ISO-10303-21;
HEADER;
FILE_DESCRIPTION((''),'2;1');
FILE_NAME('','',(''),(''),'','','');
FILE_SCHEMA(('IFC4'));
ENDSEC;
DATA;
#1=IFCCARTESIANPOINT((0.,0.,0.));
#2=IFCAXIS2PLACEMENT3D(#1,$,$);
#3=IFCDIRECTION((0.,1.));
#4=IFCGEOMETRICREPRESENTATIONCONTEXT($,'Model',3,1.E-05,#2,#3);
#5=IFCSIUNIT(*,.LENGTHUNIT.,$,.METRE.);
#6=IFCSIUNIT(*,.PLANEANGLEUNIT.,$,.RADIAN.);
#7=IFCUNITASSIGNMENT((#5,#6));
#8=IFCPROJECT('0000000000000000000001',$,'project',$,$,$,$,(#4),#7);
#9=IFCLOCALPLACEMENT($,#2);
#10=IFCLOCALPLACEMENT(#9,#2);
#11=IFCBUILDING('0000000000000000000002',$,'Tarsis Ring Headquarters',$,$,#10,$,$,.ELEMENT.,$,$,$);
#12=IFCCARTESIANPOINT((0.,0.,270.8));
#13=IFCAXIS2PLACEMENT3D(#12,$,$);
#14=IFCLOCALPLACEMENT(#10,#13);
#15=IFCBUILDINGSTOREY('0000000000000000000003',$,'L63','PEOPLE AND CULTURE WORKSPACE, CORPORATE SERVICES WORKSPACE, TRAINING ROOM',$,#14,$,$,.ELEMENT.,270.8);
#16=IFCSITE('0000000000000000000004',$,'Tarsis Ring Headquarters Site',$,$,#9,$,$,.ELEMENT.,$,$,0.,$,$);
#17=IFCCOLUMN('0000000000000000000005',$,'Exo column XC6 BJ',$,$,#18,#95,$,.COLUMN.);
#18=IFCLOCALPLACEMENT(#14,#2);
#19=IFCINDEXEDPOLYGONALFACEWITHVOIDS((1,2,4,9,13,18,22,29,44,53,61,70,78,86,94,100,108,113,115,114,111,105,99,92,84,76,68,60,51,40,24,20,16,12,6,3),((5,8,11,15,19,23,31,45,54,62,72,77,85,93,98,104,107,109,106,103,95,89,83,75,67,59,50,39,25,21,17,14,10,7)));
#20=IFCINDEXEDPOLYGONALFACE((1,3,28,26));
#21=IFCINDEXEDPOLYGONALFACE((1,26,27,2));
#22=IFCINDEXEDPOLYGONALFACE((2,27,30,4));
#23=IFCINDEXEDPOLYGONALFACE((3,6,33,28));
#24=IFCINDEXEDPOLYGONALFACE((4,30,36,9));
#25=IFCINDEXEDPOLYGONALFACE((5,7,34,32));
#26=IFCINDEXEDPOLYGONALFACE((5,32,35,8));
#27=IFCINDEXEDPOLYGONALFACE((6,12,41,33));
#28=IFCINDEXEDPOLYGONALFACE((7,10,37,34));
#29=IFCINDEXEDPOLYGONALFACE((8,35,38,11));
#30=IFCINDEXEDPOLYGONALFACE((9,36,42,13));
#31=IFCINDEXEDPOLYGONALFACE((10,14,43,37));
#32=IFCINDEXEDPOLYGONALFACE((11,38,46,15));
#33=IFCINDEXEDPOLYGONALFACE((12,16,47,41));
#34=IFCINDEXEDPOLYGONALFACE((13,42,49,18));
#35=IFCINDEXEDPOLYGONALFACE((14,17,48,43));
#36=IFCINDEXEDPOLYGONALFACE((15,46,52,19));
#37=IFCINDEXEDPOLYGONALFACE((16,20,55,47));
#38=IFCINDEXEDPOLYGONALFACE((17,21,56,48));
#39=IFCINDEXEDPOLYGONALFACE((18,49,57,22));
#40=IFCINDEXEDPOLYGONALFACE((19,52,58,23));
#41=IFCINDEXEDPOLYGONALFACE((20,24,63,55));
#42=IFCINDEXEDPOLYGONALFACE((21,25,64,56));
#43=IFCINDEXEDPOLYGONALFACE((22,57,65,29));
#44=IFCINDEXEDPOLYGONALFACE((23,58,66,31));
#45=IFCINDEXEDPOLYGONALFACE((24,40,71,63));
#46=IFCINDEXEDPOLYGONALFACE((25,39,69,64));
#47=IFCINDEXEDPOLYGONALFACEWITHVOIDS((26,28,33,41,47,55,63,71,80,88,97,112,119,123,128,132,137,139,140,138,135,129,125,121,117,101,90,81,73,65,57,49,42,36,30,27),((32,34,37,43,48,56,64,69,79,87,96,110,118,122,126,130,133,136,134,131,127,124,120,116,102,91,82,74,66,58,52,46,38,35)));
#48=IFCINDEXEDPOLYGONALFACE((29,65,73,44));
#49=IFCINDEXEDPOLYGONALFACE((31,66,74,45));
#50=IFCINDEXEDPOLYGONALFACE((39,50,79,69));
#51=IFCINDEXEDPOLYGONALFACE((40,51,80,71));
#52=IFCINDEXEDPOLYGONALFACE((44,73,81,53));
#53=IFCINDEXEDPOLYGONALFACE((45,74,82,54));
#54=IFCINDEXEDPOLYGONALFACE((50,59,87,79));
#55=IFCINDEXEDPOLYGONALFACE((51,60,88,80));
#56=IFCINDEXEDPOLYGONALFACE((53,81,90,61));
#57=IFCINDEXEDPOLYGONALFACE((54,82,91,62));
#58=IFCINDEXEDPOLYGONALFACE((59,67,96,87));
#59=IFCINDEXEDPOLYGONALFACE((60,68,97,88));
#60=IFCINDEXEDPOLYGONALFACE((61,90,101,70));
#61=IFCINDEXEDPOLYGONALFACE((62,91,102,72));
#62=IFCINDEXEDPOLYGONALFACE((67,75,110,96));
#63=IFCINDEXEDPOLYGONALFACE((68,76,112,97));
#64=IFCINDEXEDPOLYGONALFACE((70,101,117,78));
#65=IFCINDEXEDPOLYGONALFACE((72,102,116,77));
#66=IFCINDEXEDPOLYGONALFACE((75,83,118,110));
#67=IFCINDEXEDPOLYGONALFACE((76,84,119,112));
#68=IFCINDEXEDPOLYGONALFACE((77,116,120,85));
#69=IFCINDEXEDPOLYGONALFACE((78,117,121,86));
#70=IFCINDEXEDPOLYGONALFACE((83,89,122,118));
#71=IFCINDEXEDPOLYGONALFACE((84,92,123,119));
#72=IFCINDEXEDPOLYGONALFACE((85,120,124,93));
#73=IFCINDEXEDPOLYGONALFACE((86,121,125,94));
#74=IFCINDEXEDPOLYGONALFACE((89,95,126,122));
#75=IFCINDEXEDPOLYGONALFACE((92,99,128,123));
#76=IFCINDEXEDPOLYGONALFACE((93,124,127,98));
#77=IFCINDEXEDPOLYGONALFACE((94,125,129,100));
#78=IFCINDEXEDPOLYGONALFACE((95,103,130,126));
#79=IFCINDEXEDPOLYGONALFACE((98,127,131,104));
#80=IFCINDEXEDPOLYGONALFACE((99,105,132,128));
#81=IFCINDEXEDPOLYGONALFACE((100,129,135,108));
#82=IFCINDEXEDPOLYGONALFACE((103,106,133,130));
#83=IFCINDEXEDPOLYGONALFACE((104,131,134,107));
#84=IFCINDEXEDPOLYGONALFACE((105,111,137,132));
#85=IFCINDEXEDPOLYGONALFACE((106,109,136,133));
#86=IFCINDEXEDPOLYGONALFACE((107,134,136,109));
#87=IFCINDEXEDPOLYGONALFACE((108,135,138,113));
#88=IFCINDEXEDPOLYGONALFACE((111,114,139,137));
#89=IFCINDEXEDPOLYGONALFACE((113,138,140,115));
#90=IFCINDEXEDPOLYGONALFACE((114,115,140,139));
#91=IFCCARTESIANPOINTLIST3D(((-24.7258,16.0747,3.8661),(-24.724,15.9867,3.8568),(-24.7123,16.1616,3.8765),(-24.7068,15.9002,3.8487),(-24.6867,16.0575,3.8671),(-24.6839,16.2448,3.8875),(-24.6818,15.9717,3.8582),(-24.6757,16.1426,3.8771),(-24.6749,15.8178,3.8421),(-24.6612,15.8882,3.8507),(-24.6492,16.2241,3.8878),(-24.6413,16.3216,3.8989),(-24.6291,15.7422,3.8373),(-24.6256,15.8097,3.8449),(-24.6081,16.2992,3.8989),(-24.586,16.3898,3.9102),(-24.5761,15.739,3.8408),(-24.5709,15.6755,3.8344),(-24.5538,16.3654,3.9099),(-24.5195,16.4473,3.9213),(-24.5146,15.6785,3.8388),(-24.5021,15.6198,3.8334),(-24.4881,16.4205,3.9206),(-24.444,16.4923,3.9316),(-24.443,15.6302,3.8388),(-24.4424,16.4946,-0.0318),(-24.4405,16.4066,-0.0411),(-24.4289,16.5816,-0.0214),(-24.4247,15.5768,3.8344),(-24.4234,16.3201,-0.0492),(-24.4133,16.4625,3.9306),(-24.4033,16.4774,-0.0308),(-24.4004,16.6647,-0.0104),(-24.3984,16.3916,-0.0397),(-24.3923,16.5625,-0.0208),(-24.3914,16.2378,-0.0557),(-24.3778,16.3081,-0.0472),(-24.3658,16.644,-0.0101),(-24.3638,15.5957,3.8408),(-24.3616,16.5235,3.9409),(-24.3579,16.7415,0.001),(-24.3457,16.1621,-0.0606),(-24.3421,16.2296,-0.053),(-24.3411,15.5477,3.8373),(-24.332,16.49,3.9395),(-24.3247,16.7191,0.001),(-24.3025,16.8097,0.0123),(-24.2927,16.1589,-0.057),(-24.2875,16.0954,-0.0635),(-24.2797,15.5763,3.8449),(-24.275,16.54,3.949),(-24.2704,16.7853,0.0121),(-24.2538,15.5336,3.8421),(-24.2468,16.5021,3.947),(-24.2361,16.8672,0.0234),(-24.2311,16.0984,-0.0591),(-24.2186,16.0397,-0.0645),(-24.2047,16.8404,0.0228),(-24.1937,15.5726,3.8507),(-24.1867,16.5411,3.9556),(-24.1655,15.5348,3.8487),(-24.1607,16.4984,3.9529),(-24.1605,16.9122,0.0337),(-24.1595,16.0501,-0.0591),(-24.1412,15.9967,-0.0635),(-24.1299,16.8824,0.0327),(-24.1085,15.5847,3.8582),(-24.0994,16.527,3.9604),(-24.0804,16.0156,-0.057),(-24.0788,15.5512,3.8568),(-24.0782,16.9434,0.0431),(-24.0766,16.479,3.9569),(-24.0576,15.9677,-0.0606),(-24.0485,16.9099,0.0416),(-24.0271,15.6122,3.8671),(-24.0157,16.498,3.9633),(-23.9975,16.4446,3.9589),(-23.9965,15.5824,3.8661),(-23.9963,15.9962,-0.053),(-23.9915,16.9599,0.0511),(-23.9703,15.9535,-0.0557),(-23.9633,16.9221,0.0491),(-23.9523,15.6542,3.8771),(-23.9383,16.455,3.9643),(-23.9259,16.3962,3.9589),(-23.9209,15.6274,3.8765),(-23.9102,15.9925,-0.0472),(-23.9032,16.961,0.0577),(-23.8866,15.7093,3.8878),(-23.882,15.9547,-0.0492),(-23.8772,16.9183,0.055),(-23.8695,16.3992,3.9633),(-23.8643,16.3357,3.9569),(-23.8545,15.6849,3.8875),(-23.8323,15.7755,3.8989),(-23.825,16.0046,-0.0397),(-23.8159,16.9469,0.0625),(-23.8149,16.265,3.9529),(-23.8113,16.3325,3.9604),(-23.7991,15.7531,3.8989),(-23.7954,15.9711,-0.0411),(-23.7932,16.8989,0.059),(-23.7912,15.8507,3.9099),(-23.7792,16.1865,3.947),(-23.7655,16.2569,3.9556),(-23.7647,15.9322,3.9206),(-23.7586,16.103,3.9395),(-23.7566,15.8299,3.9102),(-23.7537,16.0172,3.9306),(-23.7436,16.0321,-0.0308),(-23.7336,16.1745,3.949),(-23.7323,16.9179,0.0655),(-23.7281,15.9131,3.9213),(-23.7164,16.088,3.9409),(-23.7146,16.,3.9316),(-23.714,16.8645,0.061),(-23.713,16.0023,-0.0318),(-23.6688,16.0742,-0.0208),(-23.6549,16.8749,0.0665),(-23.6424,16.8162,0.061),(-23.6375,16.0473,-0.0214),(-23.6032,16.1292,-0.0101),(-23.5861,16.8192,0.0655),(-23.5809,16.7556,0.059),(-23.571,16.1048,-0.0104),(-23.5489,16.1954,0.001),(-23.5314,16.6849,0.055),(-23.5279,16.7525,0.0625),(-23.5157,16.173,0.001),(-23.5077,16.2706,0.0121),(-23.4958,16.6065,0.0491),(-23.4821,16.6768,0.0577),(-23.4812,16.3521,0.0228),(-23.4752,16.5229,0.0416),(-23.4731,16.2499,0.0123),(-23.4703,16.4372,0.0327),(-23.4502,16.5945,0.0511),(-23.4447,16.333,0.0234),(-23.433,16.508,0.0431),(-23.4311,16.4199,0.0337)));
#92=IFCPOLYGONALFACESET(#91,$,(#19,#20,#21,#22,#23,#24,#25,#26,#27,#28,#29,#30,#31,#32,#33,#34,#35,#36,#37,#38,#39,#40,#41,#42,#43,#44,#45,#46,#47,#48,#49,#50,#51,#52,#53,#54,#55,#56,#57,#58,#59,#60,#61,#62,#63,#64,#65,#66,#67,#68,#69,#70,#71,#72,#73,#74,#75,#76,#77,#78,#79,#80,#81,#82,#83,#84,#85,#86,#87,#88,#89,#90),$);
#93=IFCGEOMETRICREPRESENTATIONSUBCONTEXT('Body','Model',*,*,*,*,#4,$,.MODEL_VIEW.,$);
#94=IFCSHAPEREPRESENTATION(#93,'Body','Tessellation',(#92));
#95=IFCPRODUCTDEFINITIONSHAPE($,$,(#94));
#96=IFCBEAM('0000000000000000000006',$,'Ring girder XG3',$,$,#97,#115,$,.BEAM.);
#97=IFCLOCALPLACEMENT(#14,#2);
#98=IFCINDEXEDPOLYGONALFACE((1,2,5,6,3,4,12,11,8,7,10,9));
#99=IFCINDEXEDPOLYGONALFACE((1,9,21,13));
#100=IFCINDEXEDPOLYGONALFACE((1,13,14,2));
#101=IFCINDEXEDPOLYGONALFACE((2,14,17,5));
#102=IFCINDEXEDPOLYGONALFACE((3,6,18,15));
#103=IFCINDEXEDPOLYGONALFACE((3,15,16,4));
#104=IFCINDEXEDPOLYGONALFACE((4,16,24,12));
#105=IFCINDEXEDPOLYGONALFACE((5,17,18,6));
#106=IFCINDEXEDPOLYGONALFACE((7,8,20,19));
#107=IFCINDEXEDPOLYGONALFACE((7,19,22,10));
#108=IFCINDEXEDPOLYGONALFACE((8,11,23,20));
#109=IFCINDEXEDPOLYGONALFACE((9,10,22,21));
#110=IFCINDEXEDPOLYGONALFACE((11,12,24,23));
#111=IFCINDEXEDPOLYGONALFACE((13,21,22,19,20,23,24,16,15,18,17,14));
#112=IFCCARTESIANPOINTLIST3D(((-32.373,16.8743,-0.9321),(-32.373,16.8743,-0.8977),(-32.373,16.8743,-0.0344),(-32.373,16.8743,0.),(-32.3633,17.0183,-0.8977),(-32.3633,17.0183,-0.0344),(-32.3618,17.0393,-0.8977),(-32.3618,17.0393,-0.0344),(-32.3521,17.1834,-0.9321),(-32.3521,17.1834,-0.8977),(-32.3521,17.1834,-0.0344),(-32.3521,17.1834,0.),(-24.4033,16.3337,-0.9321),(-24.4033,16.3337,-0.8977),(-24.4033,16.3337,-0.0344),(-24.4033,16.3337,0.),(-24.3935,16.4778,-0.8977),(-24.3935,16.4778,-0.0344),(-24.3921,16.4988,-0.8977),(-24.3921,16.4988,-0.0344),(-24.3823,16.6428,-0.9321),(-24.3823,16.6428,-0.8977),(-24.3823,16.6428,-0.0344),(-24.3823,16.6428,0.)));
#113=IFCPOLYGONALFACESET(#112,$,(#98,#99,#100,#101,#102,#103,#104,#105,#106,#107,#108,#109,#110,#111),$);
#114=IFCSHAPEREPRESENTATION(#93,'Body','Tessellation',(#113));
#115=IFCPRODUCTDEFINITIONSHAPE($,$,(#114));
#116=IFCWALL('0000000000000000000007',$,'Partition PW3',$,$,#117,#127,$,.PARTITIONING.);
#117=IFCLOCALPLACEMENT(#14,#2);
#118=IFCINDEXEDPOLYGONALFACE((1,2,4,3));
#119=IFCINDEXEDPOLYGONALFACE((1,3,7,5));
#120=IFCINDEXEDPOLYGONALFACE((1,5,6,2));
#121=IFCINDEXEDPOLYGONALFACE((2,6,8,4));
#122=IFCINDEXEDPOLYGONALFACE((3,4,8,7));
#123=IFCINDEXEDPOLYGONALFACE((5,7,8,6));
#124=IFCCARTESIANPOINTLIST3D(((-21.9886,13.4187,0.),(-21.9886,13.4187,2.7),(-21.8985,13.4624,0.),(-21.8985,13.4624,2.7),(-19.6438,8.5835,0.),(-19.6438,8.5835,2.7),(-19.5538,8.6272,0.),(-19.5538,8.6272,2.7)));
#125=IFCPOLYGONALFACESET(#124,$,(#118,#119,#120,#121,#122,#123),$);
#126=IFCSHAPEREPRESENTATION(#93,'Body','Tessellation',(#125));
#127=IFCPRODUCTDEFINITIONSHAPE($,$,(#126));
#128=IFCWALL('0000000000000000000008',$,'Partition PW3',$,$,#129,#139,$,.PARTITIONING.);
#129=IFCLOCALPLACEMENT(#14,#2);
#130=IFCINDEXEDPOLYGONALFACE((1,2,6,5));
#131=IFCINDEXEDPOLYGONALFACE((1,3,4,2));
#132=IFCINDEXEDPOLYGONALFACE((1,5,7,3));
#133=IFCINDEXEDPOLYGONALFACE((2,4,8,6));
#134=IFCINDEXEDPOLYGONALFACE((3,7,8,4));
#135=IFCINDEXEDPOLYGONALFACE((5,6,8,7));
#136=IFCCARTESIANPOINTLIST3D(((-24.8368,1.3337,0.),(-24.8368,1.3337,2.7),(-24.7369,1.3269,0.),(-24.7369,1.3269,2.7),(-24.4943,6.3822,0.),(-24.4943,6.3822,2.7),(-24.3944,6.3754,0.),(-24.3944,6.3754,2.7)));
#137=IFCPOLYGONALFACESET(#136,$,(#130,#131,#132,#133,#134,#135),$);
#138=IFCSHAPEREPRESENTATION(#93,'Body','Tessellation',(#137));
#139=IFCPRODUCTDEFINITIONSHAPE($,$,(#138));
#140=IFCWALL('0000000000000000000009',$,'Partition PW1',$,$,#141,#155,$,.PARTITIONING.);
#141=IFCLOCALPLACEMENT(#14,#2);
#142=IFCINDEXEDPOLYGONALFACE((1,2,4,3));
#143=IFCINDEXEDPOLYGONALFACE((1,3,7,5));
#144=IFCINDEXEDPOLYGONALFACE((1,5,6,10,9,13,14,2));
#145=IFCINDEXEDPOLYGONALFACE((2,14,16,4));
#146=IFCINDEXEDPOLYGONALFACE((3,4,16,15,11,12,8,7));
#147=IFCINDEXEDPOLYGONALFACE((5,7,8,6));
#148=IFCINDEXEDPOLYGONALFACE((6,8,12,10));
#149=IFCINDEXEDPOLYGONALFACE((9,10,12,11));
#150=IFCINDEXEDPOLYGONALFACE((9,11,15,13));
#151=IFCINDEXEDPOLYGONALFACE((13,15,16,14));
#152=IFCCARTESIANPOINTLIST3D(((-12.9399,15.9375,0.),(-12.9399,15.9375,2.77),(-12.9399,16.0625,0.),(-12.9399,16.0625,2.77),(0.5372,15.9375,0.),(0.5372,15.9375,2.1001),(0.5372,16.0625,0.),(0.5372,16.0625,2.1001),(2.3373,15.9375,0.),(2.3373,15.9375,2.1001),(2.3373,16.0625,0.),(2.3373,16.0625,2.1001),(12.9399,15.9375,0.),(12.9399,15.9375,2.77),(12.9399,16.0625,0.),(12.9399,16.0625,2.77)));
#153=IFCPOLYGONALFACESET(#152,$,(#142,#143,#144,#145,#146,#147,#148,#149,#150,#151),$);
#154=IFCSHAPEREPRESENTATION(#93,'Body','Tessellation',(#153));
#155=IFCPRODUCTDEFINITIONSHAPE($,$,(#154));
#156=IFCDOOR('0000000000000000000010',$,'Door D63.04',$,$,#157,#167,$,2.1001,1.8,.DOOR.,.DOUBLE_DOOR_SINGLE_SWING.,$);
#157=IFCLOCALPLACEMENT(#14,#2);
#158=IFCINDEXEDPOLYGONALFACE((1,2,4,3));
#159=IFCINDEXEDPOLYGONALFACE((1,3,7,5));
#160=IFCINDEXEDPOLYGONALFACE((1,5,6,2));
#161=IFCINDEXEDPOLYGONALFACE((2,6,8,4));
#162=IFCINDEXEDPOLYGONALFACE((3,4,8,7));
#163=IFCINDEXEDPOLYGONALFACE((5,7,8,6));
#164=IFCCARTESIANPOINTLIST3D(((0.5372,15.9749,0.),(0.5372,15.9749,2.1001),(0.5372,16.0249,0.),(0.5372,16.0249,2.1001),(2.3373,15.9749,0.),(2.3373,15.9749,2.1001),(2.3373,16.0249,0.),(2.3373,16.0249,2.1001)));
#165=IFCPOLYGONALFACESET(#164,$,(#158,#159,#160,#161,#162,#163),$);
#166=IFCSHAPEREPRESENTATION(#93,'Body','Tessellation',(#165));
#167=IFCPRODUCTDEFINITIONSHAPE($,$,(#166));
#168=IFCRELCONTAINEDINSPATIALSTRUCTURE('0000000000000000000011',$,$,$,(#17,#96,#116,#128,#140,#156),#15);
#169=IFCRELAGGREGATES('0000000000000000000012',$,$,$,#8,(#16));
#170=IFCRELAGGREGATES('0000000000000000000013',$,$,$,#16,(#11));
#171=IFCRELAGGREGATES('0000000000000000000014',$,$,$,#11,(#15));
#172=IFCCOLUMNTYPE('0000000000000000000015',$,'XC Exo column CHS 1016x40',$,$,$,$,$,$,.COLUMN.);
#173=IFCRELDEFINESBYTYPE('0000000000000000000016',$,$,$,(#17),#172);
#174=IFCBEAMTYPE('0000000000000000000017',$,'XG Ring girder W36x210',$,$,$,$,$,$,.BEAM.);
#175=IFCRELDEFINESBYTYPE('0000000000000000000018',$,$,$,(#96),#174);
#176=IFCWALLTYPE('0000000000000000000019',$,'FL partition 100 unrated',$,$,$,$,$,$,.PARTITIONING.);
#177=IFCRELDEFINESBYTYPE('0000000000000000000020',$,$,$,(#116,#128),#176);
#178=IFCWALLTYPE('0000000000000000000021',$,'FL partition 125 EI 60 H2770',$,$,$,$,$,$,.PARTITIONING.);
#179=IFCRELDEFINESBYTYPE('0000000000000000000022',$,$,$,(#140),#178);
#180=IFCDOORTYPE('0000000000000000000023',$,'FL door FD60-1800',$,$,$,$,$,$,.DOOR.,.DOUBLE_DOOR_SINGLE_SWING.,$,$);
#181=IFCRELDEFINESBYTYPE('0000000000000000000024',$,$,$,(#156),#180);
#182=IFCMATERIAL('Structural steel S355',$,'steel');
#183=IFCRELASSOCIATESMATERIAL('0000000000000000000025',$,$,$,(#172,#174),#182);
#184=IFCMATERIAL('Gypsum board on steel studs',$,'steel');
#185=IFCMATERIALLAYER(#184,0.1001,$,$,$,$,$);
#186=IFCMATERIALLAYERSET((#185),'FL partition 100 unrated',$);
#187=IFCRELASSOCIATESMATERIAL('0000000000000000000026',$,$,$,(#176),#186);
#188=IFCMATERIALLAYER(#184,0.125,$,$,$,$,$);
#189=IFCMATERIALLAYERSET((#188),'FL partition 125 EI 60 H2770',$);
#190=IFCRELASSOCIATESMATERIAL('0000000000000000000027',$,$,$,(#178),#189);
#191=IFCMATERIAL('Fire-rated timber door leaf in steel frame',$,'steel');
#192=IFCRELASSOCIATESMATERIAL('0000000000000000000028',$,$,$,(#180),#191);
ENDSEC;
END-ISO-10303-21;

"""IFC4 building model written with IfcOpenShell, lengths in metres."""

from ifc_helpers import new_model, si_unit, direction, frame, frame_2d, origin, origin_2d, place, context, subcontext, project, spatial, rectangle, hollow_circle, i_section, extrude, material, layer, layer_set, material_profile, profile_set, type_object, element, fill, save


model = new_model("IFC4")

# Units and contexts
model_context = context("Model", 3, precision=1e-05, world=origin(), true_north=direction((0.0, 1.0)))
body_context = subcontext(model_context, "Body", "Model", "MODEL_VIEW")
ifc_project = project(units=[si_unit("LENGTHUNIT", "METRE"), si_unit("PLANEANGLEUNIT", "RADIAN")], contexts=[model_context])

# Site, building, storey
site_placement = place(None, origin())
site = spatial("IfcSite", under=ifc_project, at=site_placement, Name="Tarsis Ring Headquarters Site", CompositionType="ELEMENT", RefElevation=0.0)
building_placement = place(site_placement, origin())
building = spatial("IfcBuilding", under=site, at=building_placement, Name="Tarsis Ring Headquarters", CompositionType="ELEMENT")
storey_placement = place(building_placement, frame((0.0, 0.0, 270.8)))
storey = spatial("IfcBuildingStorey", under=building, at=storey_placement, Name="L63", Description="PEOPLE AND CULTURE WORKSPACE, CORPORATE SERVICES WORKSPACE, TRAINING ROOM", CompositionType="ELEMENT", Elevation=270.8)

# Column
ifc_material_1 = material(Name="Structural steel S355", Category="steel")
ifc_material_profile_1 = material_profile(ifc_material_1, hollow_circle(Radius=0.5081, WallThickness=0.04, at=origin_2d()), Name="CHS 1016x40")
ifc_profile_set_1 = profile_set([ifc_material_profile_1], Name="Structural steel S355")
column_type = type_object("IfcColumnType", Name="XC Exo column CHS 1016x40", PredefinedType="COLUMN", material=ifc_profile_set_1)
column_placement = place(storey_placement, frame((-23.9368, 16.4573, 0.001), z_axis=(-0.07211, -0.10683, 0.991659), x_axis=(0.828849, -0.559473, 0.0)))
element("IfcColumn", 1, at=column_placement, inside=storey, type_object=column_type, Name="Exo column XC6 BJ", PredefinedType="COLUMN", context=body_context, shape_type="SweptSolid", body=[
    extrude(hollow_circle(Radius=0.5081, WallThickness=0.04, at=origin_2d()), origin(), (0.0, 0.0, 1.0), 3.9307),
])

# Beam
ifc_material_profile_2 = material_profile(ifc_material_1, i_section(OverallWidth=0.3098, OverallDepth=0.9321, WebThickness=0.021, FlangeThickness=0.0344, at=origin_2d()), Name="W36x210")
ifc_profile_set_2 = profile_set([ifc_material_profile_2], Name="Structural steel S355")
beam_type = type_object("IfcBeamType", Name="XG Ring girder W36x210", PredefinedType="BEAM", material=ifc_profile_set_2)
beam_placement = place(storey_placement, frame((-24.3928, 16.4883, -0.4661), z_axis=(-0.997708, 0.067667, 0.0), x_axis=(-0.067667, -0.997708, 0.0)))
element("IfcBeam", 2, at=beam_placement, inside=storey, type_object=beam_type, Name="Ring girder XG3", PredefinedType="BEAM", context=body_context, shape_type="SweptSolid", body=[
    extrude(i_section(OverallWidth=0.3098, OverallDepth=0.9321, WebThickness=0.021, FlangeThickness=0.0344, at=origin_2d()), origin(), (0.0, 0.0, 1.0), 7.988),
])

# Walls
ifc_material_2 = material(Name="Gypsum board on steel studs", Category="steel")
ifc_layer_1 = layer(ifc_material_2, 0.1001)
ifc_layer_set_1 = layer_set([ifc_layer_1], Name="FL partition 100 unrated")
wall_type_1 = type_object("IfcWallType", Name="FL partition 100 unrated", PredefinedType="PARTITIONING", material=ifc_layer_set_1)
wall_1_placement = place(storey_placement, frame((-21.9436, 13.4407, 0.0), z_axis=(0.0, 0.0, 1.0), x_axis=(0.436331, -0.899786, 0.0)))
element("IfcWall", 3, at=wall_1_placement, inside=storey, type_object=wall_type_1, Name="Partition PW3", PredefinedType="PARTITIONING", context=body_context, shape_type="SweptSolid", body=[
    extrude(rectangle(XDim=5.3738, YDim=0.1001, at=frame_2d((2.687, 0.0))), origin(), (0.0, 0.0, 1.0), 2.7),
])
wall_2_placement = place(storey_placement, frame((-24.7869, 1.3303, 0.0), z_axis=(0.0, 0.0, 1.0), x_axis=(0.067694, 0.997706, 0.0)))
element("IfcWall", 4, at=wall_2_placement, inside=storey, type_object=wall_type_1, Name="Partition PW3", PredefinedType="PARTITIONING", context=body_context, shape_type="SweptSolid", body=[
    extrude(rectangle(XDim=5.0601, YDim=0.1001, at=frame_2d((2.53, 0.0))), origin(), (0.0, 0.0, 1.0), 2.7),
])

# Wall, opening, door
ifc_layer_2 = layer(ifc_material_2, 0.125)
ifc_layer_set_2 = layer_set([ifc_layer_2], Name="FL partition 125 EI 60 H2770")
wall_type_2 = type_object("IfcWallType", Name="FL partition 125 EI 60 H2770", PredefinedType="PARTITIONING", material=ifc_layer_set_2)
wall_3_placement = place(storey_placement, frame((-12.9399, 16.0, 0.0), z_axis=(0.0, 0.0, 1.0), x_axis=(1.0, 0.0, 0.0)))
wall_3 = element("IfcWall", 5, at=wall_3_placement, inside=storey, type_object=wall_type_2, Name="Partition PW1", PredefinedType="PARTITIONING", context=body_context, shape_type="SweptSolid", body=[
    extrude(rectangle(XDim=25.8799, YDim=0.125, at=frame_2d((12.9399, 0.0))), origin(), (0.0, 0.0, 1.0), 2.77),
])
opening_1_placement = place(wall_3_placement, frame((13.4773, 0.0, 0.0)))
opening_1 = element("IfcOpeningElement", 6, at=opening_1_placement, cuts=wall_3, PredefinedType="OPENING", context=body_context, shape_type="SweptSolid", body=[
    extrude(rectangle(XDim=1.8, YDim=2.1001, at=frame_2d((0.8999, 1.05))), frame((0.0, 0.0725, 0.0), z_axis=(0.0, -1.0, 0.0), x_axis=(1.0, 0.0, 0.0)), (0.0, 0.0, 1.0), 0.145),
])
ifc_material_3 = material(Name="Fire-rated timber door leaf in steel frame", Category="steel")
door_type_1 = type_object("IfcDoorType", Name="FL door FD60-1800", OperationType="DOUBLE_DOOR_SINGLE_SWING", PredefinedType="DOOR", material=ifc_material_3)
door_1_placement = place(opening_1_placement, origin())
door_1 = element("IfcDoor", 7, at=door_1_placement, inside=storey, type_object=door_type_1, Name="Door D63.04", OperationType="DOUBLE_DOOR_SINGLE_SWING", OverallHeight=2.1001, OverallWidth=1.8, PredefinedType="DOOR", context=body_context, shape_type="SweptSolid", body=[
    extrude(rectangle(XDim=1.8, YDim=2.1001, at=frame_2d((0.8999, 1.05))), frame((0.0, 0.0249, 0.0), z_axis=(0.0, -1.0, 0.0), x_axis=(1.0, 0.0, 0.0)), (0.0, 0.0, 1.0), 0.05),
])
fill(opening_1, door_1)

save(model, "model.ifc")
